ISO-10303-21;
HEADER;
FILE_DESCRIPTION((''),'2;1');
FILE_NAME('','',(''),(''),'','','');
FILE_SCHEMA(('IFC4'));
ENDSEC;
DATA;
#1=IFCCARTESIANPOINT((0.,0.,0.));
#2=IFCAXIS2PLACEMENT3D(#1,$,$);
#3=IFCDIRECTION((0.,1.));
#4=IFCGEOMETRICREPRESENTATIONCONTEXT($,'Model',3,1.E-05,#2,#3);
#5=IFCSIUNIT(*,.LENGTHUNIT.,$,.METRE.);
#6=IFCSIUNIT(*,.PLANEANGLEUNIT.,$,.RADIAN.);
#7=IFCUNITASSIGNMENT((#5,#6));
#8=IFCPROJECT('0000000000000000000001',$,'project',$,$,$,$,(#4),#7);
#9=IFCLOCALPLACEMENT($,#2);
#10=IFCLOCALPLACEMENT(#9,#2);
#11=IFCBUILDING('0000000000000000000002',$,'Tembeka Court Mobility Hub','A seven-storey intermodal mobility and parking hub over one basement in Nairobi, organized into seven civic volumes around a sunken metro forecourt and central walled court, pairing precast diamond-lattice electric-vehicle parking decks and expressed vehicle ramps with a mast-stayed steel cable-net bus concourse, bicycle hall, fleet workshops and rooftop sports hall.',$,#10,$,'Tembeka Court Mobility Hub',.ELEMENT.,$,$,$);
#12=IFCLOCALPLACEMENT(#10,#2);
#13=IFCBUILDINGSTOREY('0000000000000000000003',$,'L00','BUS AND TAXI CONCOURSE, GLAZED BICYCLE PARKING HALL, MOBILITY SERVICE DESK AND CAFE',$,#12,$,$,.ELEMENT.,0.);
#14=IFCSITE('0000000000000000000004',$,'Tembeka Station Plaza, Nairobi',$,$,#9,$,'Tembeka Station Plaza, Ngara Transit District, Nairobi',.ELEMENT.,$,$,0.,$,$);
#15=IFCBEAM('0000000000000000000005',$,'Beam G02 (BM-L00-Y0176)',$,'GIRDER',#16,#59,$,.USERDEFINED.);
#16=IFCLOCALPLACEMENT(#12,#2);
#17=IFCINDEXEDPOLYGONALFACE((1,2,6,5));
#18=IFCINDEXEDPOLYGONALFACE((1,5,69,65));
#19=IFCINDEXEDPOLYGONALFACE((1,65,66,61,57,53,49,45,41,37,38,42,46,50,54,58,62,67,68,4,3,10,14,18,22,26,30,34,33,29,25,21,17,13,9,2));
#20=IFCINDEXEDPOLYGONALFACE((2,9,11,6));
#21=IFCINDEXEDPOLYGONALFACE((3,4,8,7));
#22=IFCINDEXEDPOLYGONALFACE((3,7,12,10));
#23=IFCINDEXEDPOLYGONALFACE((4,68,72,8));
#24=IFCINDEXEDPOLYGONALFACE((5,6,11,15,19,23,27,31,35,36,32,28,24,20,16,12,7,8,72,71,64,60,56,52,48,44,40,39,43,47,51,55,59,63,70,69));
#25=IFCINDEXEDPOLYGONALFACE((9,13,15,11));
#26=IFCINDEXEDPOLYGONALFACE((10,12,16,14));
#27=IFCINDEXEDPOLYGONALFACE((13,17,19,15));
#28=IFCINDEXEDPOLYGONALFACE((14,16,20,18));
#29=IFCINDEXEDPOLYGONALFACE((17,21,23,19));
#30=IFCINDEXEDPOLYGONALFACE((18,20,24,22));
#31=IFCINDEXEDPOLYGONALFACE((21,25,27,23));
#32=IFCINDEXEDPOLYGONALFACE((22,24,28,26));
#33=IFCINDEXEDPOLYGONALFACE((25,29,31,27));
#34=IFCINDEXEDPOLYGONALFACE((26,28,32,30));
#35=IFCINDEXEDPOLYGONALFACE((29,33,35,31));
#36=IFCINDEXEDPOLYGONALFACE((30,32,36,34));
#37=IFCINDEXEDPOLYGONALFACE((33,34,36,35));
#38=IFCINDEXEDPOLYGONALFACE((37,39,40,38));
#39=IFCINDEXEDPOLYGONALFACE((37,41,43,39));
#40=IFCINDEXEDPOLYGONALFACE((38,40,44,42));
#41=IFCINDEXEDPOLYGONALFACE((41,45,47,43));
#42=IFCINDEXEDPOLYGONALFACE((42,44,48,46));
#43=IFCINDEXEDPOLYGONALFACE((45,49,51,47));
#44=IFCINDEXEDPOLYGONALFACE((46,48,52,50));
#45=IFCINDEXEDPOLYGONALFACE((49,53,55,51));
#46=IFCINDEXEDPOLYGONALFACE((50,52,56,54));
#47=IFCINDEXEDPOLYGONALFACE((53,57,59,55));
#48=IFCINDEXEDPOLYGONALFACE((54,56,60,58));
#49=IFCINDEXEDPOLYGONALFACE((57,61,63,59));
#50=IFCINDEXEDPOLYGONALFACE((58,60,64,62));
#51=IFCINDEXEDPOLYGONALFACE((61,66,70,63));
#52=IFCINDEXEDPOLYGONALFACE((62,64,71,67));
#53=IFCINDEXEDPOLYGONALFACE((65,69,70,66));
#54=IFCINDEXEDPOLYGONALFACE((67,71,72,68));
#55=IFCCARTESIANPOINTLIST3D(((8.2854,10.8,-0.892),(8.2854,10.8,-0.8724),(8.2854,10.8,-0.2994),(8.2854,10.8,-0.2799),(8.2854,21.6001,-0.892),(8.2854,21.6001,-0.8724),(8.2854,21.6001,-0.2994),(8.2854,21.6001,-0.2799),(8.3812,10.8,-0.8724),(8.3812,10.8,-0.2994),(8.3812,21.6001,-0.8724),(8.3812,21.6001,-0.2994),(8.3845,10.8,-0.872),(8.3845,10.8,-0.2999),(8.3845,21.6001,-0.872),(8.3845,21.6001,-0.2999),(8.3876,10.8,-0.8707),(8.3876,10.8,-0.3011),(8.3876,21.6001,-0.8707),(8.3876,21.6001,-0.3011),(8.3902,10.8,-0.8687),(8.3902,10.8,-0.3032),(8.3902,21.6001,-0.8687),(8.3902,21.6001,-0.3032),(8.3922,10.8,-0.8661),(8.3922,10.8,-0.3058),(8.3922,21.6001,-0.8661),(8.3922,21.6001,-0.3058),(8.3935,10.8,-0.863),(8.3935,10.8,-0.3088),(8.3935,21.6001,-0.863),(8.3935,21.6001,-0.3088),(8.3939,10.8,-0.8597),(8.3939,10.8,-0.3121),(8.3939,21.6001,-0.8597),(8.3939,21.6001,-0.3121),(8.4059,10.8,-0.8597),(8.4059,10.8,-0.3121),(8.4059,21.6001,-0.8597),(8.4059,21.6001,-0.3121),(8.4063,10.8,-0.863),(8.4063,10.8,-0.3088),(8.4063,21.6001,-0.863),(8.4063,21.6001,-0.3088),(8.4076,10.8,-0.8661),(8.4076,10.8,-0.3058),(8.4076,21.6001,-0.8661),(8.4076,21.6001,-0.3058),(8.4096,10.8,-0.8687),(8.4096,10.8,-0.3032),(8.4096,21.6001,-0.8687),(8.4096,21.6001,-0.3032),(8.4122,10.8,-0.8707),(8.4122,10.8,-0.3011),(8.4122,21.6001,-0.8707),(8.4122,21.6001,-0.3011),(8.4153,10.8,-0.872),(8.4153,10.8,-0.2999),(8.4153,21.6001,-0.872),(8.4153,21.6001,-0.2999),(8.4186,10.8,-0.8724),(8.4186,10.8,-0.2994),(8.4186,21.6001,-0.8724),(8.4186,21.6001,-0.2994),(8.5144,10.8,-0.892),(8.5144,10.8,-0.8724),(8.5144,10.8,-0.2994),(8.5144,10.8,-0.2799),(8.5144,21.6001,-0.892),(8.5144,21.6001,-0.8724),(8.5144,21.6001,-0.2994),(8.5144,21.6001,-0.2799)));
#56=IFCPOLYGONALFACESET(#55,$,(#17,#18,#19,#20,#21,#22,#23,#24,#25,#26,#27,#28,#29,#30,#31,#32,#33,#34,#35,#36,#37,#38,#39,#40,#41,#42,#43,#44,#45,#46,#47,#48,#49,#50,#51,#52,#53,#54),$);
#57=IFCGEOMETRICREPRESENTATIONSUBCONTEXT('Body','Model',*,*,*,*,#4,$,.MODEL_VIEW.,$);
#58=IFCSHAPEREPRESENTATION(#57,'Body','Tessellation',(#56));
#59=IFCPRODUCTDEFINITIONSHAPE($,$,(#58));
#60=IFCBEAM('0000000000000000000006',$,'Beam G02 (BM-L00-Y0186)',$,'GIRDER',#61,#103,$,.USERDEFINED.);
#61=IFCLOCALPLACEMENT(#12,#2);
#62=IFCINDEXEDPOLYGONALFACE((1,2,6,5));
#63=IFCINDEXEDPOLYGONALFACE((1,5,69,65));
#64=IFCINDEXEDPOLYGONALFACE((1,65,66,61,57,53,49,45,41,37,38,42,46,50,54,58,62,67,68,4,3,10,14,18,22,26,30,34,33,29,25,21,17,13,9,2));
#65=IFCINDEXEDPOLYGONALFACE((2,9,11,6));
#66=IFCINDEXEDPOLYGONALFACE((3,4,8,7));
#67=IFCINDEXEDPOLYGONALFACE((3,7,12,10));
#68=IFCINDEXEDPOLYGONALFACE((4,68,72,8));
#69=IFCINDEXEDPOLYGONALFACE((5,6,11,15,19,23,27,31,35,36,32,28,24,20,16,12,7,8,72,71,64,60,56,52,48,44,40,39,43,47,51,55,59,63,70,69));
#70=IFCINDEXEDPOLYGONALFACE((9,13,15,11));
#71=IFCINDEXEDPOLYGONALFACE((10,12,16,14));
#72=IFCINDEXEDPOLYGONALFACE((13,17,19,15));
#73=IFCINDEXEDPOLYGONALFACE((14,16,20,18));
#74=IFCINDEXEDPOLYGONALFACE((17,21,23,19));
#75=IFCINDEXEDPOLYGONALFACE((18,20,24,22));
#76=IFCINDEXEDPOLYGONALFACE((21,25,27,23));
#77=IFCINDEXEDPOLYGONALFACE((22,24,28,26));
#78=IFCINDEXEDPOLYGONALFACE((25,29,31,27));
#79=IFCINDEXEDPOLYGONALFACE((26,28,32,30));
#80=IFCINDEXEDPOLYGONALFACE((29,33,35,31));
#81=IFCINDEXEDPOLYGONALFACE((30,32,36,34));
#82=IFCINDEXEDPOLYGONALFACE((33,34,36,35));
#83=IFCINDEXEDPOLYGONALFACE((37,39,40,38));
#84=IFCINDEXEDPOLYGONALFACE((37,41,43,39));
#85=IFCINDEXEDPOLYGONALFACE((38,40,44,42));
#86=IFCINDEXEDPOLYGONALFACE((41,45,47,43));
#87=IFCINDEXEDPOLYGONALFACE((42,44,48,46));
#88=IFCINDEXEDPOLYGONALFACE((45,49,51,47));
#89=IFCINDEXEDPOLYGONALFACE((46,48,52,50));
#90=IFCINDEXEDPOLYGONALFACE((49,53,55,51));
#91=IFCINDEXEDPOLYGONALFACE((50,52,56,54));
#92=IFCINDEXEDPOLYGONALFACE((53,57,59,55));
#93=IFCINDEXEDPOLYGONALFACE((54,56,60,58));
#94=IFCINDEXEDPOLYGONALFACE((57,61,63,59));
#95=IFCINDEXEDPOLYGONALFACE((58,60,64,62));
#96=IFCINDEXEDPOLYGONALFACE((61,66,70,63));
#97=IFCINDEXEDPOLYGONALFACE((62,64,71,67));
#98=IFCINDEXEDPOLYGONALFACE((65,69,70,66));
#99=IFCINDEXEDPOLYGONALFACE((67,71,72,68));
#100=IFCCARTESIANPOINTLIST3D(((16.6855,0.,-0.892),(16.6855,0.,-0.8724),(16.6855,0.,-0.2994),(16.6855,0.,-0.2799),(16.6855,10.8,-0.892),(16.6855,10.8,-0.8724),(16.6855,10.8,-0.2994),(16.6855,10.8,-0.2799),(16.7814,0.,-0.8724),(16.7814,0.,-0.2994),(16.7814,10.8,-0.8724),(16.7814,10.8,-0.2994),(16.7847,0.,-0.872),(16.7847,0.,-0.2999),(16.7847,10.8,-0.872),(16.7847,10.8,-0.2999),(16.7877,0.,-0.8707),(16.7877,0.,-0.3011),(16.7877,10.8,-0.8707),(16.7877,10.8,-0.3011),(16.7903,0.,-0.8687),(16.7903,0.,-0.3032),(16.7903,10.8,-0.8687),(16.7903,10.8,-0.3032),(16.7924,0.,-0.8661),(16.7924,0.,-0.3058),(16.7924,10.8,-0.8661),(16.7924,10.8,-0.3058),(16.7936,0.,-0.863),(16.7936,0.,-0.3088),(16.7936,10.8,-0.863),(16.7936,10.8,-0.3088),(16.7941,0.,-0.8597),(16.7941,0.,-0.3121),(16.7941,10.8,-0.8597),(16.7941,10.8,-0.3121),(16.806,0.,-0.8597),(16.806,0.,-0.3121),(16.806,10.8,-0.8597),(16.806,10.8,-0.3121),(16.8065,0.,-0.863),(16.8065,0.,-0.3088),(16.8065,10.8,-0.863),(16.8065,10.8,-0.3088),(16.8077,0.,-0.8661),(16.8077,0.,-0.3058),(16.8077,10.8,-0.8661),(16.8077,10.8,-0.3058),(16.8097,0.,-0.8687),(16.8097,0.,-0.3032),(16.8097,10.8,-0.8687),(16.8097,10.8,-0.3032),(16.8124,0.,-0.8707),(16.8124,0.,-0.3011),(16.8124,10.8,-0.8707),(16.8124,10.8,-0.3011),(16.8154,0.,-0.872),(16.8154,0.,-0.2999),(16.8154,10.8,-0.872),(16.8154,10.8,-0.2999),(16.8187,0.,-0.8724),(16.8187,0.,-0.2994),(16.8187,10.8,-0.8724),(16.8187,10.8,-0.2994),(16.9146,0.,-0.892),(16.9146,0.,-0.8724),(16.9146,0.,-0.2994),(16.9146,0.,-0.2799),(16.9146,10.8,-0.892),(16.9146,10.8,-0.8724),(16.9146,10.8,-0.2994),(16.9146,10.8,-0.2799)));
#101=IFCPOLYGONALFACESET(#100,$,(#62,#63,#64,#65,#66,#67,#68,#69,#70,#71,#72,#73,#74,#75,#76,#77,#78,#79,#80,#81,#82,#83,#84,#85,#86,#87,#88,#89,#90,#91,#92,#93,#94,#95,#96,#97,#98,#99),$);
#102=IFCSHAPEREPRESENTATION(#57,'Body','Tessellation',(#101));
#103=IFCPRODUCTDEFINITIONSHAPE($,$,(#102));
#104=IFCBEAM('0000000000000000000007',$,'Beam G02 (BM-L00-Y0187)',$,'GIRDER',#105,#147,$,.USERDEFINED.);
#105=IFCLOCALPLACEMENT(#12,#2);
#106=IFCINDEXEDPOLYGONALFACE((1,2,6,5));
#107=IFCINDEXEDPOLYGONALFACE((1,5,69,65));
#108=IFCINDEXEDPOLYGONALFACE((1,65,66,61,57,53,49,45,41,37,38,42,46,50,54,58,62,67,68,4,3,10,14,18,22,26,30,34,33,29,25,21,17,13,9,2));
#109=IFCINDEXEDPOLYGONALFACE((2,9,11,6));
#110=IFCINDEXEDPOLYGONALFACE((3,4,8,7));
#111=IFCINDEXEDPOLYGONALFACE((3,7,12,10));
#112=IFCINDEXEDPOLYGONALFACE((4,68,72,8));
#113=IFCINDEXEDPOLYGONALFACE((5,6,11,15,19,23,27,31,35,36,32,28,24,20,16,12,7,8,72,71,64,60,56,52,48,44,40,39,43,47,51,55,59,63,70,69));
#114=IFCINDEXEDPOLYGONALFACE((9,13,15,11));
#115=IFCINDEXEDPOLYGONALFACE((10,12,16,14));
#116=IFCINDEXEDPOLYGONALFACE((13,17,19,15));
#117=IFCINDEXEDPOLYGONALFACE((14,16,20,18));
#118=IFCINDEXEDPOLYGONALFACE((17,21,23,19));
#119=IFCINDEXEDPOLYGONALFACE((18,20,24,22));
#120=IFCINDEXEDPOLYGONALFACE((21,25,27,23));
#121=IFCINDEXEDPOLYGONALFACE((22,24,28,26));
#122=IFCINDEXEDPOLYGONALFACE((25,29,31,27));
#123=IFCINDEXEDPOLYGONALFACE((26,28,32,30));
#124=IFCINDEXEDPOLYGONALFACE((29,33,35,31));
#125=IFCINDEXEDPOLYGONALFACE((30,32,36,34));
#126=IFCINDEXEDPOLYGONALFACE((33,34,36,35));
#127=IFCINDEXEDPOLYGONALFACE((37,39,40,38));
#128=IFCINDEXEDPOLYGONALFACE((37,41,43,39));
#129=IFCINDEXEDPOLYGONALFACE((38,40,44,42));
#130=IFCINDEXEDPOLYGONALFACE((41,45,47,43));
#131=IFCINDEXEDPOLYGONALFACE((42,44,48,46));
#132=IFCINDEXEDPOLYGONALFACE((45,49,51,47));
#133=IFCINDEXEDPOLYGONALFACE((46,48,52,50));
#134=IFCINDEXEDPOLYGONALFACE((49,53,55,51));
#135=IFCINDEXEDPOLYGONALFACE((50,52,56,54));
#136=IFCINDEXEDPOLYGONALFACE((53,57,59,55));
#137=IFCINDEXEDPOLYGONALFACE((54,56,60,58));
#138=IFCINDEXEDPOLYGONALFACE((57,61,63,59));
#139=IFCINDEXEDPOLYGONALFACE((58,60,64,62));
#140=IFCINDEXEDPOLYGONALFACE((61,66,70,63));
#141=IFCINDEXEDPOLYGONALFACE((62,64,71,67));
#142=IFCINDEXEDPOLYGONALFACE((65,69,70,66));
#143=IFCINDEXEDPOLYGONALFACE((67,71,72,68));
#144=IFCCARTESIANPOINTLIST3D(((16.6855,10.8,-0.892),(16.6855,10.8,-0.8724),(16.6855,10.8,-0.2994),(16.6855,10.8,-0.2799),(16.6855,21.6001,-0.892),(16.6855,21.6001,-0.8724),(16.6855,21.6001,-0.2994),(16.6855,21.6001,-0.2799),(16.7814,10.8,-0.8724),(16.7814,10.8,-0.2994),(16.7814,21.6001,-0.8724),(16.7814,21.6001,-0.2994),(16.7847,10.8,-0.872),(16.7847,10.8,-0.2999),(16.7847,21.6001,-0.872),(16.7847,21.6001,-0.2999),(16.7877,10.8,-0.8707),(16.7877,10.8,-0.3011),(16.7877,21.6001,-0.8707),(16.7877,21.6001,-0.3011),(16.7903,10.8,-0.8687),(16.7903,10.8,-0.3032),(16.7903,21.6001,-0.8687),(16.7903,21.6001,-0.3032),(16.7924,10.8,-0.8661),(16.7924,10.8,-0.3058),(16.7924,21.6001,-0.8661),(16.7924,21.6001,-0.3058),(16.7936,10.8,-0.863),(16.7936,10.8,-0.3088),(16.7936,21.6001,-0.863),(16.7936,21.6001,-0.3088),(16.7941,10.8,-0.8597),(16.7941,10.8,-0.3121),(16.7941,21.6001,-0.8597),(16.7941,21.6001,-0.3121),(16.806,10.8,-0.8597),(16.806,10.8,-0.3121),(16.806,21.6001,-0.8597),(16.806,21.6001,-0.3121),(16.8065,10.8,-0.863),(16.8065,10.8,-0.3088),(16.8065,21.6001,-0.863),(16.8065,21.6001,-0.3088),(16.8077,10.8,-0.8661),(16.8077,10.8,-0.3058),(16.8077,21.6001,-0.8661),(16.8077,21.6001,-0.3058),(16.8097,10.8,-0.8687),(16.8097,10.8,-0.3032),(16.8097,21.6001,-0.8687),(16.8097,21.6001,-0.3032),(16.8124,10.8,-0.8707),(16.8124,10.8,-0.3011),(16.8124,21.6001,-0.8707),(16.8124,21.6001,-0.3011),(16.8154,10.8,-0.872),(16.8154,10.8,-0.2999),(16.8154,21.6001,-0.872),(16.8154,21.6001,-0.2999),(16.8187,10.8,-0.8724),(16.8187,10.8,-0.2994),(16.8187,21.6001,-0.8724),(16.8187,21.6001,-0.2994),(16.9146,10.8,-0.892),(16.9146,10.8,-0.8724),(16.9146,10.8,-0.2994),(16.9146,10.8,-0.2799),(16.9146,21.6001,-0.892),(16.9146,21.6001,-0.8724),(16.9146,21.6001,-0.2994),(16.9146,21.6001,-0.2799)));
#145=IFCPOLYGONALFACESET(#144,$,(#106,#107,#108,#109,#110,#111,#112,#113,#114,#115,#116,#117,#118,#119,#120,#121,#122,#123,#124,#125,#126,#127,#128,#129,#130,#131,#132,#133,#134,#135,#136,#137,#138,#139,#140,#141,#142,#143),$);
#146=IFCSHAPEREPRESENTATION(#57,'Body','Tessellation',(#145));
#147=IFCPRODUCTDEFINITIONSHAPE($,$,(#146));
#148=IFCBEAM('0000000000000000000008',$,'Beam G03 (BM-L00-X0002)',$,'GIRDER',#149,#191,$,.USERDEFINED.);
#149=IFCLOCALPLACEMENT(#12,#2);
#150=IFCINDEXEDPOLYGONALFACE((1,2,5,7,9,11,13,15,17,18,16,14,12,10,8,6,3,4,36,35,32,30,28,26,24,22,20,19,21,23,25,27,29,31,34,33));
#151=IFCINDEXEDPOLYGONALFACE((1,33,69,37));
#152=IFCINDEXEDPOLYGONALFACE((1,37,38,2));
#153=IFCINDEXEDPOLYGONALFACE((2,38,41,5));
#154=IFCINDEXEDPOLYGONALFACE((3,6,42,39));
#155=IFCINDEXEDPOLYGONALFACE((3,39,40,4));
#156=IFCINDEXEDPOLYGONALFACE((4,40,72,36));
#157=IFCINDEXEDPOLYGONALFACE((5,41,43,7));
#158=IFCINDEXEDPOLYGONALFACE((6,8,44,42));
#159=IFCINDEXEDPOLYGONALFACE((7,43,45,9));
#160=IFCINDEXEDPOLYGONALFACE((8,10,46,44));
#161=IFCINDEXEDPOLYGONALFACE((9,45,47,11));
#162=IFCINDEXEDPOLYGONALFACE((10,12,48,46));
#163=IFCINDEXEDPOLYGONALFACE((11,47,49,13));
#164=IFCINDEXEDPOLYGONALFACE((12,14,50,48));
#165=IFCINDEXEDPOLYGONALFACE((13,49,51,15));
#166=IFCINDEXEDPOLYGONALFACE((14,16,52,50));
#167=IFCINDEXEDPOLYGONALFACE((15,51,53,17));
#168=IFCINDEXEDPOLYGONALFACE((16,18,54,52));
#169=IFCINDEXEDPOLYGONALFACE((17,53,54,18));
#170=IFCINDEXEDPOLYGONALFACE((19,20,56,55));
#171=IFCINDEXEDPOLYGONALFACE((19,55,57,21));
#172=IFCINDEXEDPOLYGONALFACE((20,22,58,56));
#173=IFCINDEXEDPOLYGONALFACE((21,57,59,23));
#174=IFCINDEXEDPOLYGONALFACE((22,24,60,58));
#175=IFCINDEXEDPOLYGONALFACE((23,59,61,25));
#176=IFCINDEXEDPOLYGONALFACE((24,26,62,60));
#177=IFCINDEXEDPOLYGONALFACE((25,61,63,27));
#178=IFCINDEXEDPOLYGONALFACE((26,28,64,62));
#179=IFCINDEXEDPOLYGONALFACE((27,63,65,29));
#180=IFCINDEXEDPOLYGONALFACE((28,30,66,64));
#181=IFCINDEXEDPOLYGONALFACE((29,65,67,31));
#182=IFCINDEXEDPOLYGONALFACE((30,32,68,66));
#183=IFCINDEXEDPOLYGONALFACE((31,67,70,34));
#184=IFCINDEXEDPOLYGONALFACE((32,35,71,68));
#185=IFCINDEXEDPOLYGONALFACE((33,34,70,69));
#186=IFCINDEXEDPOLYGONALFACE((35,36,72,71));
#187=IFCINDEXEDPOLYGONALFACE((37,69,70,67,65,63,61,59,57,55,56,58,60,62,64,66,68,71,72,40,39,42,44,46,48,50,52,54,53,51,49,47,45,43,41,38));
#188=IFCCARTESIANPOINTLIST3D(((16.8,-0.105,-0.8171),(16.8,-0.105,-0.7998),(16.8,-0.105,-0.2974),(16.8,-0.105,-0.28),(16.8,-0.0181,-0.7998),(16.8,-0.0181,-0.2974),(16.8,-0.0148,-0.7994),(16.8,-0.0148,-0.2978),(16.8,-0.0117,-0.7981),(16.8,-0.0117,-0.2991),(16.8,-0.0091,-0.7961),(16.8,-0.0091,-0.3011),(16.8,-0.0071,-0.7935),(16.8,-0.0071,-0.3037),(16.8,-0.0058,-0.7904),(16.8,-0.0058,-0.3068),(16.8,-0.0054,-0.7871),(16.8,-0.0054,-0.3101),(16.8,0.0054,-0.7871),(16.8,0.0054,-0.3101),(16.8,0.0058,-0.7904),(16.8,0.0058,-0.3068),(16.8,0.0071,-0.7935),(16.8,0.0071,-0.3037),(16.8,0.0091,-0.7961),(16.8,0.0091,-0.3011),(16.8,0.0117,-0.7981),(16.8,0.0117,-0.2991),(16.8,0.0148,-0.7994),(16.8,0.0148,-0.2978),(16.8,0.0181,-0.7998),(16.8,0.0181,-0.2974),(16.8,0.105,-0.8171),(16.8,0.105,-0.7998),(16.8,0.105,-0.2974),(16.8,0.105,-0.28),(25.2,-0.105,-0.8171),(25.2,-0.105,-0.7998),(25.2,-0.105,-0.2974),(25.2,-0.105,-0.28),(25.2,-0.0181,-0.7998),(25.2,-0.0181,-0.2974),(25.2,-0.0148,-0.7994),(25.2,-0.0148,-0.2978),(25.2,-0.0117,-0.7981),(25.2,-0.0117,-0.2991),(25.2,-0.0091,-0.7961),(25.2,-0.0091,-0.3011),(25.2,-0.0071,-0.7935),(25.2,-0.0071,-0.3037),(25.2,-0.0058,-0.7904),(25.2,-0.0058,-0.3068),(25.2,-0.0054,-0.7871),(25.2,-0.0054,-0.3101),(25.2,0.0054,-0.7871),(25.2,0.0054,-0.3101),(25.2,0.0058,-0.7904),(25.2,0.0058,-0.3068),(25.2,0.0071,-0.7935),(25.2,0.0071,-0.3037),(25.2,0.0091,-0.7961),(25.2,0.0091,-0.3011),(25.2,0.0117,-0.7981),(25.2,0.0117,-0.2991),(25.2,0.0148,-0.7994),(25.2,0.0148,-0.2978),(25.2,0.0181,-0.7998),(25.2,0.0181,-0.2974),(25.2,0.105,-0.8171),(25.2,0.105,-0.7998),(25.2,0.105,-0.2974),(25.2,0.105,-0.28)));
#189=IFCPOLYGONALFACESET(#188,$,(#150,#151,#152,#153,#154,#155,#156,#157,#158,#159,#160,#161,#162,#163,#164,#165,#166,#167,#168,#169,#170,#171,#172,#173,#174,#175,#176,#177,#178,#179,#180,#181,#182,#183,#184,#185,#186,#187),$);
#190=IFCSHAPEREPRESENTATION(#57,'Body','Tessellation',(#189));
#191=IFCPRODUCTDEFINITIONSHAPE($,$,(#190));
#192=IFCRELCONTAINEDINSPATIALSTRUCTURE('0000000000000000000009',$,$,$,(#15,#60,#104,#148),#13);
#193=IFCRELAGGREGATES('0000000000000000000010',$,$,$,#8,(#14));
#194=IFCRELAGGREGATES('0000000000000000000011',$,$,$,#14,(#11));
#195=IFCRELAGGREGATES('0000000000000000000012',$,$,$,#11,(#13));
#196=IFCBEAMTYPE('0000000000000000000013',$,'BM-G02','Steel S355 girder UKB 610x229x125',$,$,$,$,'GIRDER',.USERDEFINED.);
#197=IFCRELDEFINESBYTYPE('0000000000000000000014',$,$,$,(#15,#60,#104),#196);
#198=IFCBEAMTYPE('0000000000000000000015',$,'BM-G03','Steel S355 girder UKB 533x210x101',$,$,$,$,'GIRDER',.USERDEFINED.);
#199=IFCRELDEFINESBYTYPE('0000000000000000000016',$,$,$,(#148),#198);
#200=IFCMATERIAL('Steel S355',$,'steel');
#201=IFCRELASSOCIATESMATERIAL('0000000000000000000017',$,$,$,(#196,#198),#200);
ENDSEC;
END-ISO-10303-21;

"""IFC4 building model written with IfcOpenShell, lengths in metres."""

from ifc_helpers import new_model, si_unit, direction, frame, origin, origin_2d, place, context, subcontext, project, spatial, i_section, extrude, material, material_profile, profile_set, type_object, element, save


model = new_model("IFC4")

# Units and contexts
model_context = context("Model", 3, precision=1e-05, world=origin(), true_north=direction((0.0, 1.0)))
body_context = subcontext(model_context, "Body", "Model", "MODEL_VIEW")
ifc_project = project(units=[si_unit("LENGTHUNIT", "METRE"), si_unit("PLANEANGLEUNIT", "RADIAN")], contexts=[model_context])

# Site, building, storey
site_placement = place(None, origin())
site = spatial("IfcSite", under=ifc_project, at=site_placement, Name="Tembeka Station Plaza, Nairobi", LongName="Tembeka Station Plaza, Ngara Transit District, Nairobi", CompositionType="ELEMENT", RefElevation=0.0)
building_placement = place(site_placement, origin())
building = spatial("IfcBuilding", under=site, at=building_placement, Name="Tembeka Court Mobility Hub", Description="A seven-storey intermodal mobility and parking hub over one basement in Nairobi, organized into seven civic volumes around a sunken metro forecourt and central walled court, pairing precast diamond-lattice electric-vehicle parking decks and expressed vehicle ramps with a mast-stayed steel cable-net bus concourse, bicycle hall, fleet workshops and rooftop sports hall.", LongName="Tembeka Court Mobility Hub", CompositionType="ELEMENT")
storey_placement = place(building_placement, origin())
storey = spatial("IfcBuildingStorey", under=building, at=storey_placement, Name="L00", Description="BUS AND TAXI CONCOURSE, GLAZED BICYCLE PARKING HALL, MOBILITY SERVICE DESK AND CAFE", CompositionType="ELEMENT", Elevation=0.0)

# Shared definitions
ifc_material_1 = material(Name="Steel S355", Category="steel")

# Beams
ifc_material_profile_1 = material_profile(ifc_material_1, i_section(OverallWidth=0.229, OverallDepth=0.6121, WebThickness=0.012, FlangeThickness=0.0195, FilletRadius=0.0127, at=origin_2d()), Name="UKB 610x229x125")
ifc_profile_set_1 = profile_set([ifc_material_profile_1], Name="Steel S355")
beam_type_1 = type_object("IfcBeamType", Name="BM-G02", Description="Steel S355 girder UKB 610x229x125", ElementType="GIRDER", PredefinedType="USERDEFINED", material=ifc_profile_set_1)
for number, where, z_axis, x_axis, name in (
    (1, (8.3999, 10.8, -0.5859), (0.0, 1.0, 0.0), (-1.0, 0.0, 0.0), "Beam G02 (BM-L00-Y0176)"),
    (2, (16.8, 0.0, -0.5859), (0.0, 1.0, 0.0), (-1.0, 0.0, 0.0), "Beam G02 (BM-L00-Y0186)"),
    (3, (16.8, 10.8, -0.5859), (0.0, 1.0, 0.0), (-1.0, 0.0, 0.0), "Beam G02 (BM-L00-Y0187)"),
):
    element("IfcBeam", number, at=place(storey_placement, frame(where, z_axis=z_axis, x_axis=x_axis)), inside=storey, type_object=beam_type_1, Name=name, ObjectType="GIRDER", PredefinedType="USERDEFINED", context=body_context, shape_type="SweptSolid", body=[
        extrude(i_section(OverallWidth=0.229, OverallDepth=0.6121, WebThickness=0.012, FlangeThickness=0.0195, FilletRadius=0.0127, at=origin_2d()), origin(), (0.0, 0.0, 1.0), 10.8),
    ])
ifc_material_profile_2 = material_profile(ifc_material_1, i_section(OverallWidth=0.21, OverallDepth=0.5371, WebThickness=0.0107, FlangeThickness=0.0173, FilletRadius=0.0127, at=origin_2d()), Name="UKB 533x210x101")
ifc_profile_set_2 = profile_set([ifc_material_profile_2], Name="Steel S355")
beam_type_2 = type_object("IfcBeamType", Name="BM-G03", Description="Steel S355 girder UKB 533x210x101", ElementType="GIRDER", PredefinedType="USERDEFINED", material=ifc_profile_set_2)
beam_1_placement = place(storey_placement, frame((16.8, 0.0, -0.5486), z_axis=(1.0, 0.0, 0.0), x_axis=(0.0, 1.0, 0.0)))
element("IfcBeam", 4, at=beam_1_placement, inside=storey, type_object=beam_type_2, Name="Beam G03 (BM-L00-X0002)", ObjectType="GIRDER", PredefinedType="USERDEFINED", context=body_context, shape_type="SweptSolid", body=[
    extrude(i_section(OverallWidth=0.21, OverallDepth=0.5371, WebThickness=0.0107, FlangeThickness=0.0173, FilletRadius=0.0127, at=origin_2d()), origin(), (0.0, 0.0, 1.0), 8.3999),
])

save(model, "model.ifc")
